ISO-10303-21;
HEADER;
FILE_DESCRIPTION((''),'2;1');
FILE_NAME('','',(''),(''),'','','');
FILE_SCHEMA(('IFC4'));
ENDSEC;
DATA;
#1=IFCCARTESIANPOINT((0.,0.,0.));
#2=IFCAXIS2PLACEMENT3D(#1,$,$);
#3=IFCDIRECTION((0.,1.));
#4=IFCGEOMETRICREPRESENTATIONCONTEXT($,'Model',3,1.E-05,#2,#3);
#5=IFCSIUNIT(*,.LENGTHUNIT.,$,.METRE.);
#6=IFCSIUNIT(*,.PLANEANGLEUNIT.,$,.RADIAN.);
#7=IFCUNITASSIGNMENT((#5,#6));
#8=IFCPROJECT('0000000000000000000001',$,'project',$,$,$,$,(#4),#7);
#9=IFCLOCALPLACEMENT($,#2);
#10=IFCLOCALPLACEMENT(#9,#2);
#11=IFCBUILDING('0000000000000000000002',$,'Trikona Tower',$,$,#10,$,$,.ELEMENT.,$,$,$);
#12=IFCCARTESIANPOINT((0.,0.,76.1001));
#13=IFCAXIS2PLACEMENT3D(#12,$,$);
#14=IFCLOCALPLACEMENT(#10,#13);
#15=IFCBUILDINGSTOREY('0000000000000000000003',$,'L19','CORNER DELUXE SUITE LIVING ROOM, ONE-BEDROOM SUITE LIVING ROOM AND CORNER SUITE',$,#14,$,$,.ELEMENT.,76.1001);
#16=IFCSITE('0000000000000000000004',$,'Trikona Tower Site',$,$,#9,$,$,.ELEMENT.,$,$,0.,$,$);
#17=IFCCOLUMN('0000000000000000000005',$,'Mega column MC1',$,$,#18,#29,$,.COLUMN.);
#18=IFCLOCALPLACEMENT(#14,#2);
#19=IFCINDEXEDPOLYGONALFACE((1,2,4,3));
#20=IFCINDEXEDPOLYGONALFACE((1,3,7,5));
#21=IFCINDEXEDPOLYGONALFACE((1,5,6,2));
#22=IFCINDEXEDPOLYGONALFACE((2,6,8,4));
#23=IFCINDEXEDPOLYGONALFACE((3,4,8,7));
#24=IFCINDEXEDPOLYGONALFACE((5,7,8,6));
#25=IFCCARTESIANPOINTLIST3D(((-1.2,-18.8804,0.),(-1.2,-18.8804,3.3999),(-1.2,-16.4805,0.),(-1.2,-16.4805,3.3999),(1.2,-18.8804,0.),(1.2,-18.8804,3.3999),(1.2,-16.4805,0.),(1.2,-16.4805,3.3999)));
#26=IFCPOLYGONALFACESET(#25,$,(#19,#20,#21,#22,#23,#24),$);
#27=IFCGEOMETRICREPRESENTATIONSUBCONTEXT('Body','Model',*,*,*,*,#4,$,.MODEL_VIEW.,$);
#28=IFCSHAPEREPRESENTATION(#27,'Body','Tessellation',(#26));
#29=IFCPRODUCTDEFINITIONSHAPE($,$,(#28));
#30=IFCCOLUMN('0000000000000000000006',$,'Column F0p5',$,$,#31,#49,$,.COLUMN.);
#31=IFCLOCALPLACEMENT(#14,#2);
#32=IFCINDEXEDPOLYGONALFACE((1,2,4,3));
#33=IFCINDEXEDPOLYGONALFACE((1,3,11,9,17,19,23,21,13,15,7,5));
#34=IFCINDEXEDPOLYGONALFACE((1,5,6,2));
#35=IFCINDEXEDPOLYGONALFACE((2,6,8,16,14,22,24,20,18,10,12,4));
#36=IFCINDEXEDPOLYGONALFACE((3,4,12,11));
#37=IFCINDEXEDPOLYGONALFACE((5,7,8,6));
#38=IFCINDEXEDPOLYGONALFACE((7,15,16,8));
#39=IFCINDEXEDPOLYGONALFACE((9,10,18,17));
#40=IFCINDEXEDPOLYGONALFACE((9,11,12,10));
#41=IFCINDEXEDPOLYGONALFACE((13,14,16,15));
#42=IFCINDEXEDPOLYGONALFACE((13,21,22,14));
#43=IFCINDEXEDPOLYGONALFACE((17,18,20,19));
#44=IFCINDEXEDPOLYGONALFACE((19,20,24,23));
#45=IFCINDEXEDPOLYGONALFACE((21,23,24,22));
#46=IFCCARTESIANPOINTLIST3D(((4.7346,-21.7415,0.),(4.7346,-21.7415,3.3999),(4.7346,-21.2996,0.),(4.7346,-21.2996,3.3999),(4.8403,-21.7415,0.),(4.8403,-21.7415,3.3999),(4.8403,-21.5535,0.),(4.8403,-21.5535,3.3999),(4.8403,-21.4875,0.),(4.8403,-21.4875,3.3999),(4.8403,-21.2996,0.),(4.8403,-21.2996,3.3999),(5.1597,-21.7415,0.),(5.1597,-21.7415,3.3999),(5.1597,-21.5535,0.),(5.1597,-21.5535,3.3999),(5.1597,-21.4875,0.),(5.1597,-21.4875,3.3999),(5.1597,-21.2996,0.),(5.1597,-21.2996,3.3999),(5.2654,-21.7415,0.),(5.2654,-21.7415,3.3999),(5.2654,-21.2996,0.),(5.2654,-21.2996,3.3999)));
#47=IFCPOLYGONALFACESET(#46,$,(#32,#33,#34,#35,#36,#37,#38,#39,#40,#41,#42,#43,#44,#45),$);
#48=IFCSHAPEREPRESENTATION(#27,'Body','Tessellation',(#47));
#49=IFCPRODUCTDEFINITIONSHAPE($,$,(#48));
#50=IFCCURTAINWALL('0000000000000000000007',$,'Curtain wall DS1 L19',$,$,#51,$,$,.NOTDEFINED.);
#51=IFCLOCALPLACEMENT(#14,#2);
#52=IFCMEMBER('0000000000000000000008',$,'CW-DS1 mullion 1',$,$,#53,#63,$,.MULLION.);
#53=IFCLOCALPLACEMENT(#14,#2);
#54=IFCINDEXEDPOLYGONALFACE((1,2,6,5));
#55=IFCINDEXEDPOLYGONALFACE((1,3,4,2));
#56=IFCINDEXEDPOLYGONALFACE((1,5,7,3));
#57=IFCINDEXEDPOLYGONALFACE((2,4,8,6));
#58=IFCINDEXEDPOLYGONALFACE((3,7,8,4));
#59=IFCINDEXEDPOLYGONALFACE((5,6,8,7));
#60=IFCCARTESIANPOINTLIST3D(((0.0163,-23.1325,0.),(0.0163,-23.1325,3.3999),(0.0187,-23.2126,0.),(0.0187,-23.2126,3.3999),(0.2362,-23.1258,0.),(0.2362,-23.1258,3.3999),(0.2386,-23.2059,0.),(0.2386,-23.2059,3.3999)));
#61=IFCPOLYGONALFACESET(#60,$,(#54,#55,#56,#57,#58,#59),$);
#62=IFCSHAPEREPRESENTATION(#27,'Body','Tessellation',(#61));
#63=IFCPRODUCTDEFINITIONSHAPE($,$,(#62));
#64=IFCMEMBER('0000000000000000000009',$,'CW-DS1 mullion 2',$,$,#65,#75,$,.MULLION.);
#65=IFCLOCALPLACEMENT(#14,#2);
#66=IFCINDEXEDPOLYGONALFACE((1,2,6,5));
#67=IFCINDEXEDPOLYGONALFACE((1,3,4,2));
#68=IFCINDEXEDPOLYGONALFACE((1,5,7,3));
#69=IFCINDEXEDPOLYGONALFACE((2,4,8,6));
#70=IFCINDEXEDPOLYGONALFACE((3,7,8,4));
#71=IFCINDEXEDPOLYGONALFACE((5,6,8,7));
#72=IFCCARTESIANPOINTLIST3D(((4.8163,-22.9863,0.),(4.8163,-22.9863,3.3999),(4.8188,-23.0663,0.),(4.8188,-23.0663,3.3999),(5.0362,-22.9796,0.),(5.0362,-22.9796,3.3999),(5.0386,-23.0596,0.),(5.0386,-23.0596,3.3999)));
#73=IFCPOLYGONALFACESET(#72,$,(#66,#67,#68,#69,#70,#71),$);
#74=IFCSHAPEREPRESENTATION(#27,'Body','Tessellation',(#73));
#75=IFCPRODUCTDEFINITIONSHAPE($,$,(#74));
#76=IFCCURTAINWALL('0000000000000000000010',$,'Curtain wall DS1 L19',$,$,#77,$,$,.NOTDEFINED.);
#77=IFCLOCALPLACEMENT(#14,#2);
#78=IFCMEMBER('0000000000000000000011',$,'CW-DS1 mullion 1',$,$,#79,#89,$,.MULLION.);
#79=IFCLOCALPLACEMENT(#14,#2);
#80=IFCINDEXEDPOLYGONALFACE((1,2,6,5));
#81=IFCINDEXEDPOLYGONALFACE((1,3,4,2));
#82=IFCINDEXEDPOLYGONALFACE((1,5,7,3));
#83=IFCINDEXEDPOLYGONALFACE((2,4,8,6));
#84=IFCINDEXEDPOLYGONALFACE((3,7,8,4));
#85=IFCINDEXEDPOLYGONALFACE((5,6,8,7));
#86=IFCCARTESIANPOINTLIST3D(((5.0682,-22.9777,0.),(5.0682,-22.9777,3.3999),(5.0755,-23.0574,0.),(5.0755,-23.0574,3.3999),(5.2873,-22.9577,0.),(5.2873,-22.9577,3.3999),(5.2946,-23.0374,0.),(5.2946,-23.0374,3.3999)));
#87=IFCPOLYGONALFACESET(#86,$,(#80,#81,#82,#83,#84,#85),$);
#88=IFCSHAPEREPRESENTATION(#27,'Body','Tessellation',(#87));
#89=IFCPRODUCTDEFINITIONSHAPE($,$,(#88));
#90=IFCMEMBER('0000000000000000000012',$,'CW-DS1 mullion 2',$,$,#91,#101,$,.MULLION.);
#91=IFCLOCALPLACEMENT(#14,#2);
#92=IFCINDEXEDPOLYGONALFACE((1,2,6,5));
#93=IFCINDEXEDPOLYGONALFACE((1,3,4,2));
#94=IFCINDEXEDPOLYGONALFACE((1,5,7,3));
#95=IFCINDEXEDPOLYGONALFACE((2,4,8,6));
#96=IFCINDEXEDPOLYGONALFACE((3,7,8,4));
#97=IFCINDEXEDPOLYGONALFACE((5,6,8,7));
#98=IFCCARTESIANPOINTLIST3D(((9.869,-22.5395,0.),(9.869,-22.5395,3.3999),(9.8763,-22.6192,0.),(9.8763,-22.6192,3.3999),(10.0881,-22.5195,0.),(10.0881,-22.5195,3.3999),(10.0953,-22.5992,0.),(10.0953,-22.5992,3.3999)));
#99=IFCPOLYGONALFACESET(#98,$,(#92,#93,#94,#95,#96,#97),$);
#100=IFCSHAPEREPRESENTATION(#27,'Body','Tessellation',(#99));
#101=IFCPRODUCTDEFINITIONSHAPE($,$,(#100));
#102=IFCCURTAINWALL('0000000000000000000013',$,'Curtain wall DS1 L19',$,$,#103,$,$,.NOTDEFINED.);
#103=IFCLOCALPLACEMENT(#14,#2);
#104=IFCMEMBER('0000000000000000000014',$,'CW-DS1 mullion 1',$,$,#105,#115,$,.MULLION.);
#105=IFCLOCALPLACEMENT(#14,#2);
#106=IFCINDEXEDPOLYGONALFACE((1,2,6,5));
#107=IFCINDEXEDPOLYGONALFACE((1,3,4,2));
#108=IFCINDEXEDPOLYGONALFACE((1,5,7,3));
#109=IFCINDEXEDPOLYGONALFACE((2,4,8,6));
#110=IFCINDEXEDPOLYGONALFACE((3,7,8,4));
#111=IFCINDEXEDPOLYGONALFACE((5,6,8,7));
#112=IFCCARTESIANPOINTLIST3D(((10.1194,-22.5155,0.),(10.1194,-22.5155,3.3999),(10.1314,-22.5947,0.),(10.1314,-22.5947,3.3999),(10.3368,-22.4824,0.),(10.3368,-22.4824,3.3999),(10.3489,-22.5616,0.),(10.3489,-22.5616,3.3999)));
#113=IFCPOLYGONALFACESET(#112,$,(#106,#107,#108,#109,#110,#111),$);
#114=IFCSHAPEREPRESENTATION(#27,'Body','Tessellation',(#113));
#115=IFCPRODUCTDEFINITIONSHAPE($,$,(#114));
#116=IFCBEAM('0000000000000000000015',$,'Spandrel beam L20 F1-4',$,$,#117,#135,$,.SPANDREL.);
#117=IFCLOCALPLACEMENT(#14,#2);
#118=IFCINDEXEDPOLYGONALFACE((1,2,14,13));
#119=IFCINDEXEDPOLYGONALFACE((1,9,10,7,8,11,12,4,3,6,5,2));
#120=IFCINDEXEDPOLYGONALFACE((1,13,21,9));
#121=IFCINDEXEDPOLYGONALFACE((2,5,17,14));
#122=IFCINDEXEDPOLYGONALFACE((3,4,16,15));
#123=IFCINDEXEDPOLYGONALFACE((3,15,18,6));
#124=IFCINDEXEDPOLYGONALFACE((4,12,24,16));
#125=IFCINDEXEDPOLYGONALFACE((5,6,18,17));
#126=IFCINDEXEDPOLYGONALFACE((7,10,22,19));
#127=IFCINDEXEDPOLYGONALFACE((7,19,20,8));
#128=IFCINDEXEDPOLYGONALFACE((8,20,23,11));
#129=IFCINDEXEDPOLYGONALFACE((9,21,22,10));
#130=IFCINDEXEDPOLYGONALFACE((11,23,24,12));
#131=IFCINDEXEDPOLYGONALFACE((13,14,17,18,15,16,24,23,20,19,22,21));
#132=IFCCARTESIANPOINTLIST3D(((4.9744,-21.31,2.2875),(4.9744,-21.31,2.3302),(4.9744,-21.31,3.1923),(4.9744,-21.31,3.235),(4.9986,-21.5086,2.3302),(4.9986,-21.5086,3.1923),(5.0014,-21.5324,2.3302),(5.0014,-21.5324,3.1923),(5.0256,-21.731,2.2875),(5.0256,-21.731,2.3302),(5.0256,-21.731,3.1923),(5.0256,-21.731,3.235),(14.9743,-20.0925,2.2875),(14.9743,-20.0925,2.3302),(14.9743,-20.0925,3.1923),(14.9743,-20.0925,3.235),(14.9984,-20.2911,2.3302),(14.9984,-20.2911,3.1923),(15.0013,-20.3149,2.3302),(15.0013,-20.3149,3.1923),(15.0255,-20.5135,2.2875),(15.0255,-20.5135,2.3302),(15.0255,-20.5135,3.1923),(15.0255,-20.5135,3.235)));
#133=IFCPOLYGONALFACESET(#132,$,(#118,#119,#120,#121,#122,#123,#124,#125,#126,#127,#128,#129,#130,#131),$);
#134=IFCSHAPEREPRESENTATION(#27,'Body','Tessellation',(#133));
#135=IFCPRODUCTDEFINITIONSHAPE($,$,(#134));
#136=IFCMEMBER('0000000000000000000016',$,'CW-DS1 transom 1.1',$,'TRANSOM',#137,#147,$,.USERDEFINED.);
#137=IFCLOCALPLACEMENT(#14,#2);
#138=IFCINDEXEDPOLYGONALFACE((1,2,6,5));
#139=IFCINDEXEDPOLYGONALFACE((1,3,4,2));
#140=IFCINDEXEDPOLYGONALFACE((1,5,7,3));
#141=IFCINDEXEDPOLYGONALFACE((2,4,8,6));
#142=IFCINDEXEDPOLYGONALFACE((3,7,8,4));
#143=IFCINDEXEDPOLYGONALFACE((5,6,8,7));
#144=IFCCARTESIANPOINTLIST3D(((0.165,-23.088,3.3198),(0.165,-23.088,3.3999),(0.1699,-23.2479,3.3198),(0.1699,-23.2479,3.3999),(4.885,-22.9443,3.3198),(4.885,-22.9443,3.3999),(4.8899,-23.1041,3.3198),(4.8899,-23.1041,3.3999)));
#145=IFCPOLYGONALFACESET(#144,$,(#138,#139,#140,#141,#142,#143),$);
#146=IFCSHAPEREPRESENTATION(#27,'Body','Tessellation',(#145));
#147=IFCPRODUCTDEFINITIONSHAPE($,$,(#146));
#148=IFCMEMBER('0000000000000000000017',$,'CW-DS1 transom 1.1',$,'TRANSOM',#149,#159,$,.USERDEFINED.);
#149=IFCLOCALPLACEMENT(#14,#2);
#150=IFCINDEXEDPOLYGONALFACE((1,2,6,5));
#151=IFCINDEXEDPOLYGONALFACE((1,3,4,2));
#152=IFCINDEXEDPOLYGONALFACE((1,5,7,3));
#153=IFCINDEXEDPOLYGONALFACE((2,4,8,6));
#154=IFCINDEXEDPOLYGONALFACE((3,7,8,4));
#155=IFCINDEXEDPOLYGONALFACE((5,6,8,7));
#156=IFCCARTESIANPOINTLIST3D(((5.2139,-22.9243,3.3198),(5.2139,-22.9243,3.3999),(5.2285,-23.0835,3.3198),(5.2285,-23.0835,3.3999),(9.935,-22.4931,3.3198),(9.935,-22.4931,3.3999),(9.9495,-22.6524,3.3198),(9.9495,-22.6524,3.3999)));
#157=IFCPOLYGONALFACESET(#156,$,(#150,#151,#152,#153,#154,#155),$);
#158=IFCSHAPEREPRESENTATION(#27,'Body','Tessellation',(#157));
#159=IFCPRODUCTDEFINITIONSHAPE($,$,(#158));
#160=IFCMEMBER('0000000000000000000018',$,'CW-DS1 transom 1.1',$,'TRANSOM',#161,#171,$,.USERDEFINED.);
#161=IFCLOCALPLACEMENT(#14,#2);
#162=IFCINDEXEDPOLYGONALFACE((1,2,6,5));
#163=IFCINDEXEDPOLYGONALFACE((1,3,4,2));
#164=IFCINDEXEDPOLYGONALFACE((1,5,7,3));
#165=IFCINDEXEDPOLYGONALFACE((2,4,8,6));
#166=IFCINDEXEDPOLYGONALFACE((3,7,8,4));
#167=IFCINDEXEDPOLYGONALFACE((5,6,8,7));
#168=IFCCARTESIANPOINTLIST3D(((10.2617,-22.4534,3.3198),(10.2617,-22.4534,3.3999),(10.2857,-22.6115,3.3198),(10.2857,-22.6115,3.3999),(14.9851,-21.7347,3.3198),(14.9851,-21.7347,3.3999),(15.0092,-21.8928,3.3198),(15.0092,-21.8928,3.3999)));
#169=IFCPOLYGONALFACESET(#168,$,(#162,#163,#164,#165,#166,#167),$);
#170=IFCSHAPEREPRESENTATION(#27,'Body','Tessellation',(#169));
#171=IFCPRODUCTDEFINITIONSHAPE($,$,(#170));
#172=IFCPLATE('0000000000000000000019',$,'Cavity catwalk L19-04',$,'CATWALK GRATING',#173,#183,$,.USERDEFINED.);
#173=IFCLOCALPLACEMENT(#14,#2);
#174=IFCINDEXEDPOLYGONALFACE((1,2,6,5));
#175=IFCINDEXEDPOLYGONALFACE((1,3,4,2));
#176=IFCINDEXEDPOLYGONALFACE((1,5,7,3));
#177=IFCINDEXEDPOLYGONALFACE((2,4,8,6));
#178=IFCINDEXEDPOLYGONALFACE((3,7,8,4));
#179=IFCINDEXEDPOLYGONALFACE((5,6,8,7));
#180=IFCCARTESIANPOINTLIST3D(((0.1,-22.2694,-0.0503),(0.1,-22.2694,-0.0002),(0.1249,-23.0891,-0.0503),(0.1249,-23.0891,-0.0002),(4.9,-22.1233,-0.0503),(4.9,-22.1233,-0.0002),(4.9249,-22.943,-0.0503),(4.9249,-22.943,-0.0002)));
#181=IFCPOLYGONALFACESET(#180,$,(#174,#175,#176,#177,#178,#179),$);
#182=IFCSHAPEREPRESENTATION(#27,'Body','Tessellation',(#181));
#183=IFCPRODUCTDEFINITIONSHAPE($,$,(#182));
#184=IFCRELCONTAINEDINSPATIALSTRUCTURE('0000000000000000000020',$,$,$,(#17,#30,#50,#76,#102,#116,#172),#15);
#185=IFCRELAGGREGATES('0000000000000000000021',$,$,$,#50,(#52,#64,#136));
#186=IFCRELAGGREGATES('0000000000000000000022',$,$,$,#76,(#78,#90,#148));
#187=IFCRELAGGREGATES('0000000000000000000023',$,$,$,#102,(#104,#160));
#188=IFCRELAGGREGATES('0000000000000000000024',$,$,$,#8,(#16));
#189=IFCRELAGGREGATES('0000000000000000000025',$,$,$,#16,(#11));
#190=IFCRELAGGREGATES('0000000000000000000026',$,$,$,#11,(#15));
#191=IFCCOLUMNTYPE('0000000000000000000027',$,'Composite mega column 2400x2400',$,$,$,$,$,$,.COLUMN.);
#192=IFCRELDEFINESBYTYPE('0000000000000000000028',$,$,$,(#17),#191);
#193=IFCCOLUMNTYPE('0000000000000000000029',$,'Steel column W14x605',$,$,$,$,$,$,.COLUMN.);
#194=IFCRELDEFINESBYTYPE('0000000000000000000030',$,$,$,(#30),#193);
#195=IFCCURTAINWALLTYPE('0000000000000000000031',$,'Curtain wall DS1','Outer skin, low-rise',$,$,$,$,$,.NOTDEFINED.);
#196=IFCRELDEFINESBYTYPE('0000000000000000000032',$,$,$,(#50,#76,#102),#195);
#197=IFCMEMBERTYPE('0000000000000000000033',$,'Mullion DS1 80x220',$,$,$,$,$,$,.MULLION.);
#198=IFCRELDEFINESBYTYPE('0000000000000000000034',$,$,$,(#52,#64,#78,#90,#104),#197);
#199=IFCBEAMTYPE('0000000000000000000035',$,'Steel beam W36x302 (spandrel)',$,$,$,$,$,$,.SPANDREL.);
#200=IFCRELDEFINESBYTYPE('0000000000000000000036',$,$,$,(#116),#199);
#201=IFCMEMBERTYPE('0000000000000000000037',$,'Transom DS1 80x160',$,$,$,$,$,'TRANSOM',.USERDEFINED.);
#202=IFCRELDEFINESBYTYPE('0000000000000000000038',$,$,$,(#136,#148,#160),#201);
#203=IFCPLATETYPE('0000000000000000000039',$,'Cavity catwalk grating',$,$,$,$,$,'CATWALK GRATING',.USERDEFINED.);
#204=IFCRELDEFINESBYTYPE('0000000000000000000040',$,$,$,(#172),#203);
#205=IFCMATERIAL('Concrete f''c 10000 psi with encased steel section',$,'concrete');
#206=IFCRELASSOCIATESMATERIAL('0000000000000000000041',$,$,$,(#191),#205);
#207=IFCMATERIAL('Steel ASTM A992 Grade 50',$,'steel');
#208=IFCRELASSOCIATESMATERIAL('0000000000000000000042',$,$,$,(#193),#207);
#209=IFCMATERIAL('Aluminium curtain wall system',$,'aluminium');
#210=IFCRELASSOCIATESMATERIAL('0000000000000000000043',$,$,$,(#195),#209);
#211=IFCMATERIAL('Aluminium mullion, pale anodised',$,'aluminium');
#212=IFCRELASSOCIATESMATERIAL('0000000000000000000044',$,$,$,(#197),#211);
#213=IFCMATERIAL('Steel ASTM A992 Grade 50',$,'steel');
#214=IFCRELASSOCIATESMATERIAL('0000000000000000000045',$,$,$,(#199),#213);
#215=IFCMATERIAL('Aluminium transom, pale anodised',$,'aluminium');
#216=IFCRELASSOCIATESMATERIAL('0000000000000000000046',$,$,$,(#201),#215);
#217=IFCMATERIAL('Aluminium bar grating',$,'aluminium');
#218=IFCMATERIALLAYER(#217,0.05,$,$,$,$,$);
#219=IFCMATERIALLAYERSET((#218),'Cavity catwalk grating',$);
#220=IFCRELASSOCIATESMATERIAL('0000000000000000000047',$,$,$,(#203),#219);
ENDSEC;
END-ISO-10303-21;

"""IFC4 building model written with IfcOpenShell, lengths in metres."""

from ifc_helpers import new_model, si_unit, direction, frame, origin, origin_2d, place, context, subcontext, project, spatial, rectangle, i_section, extrude, material, layer, layer_set, material_profile, profile_set, type_object, element, aggregate, save


model = new_model("IFC4")

# Units and contexts
model_context = context("Model", 3, precision=1e-05, world=origin(), true_north=direction((0.0, 1.0)))
body_context = subcontext(model_context, "Body", "Model", "MODEL_VIEW")
ifc_project = project(units=[si_unit("LENGTHUNIT", "METRE"), si_unit("PLANEANGLEUNIT", "RADIAN")], contexts=[model_context])

# Site, building, storey
site_placement = place(None, origin())
site = spatial("IfcSite", under=ifc_project, at=site_placement, Name="Trikona Tower Site", CompositionType="ELEMENT", RefElevation=0.0)
building_placement = place(site_placement, origin())
building = spatial("IfcBuilding", under=site, at=building_placement, Name="Trikona Tower", CompositionType="ELEMENT")
storey_placement = place(building_placement, frame((0.0, 0.0, 76.1001)))
storey = spatial("IfcBuildingStorey", under=building, at=storey_placement, Name="L19", Description="CORNER DELUXE SUITE LIVING ROOM, ONE-BEDROOM SUITE LIVING ROOM AND CORNER SUITE", CompositionType="ELEMENT", Elevation=76.1001)

# Columns
ifc_material_1 = material(Name="Concrete f'c 10000 psi with encased steel section", Category="concrete")
ifc_material_profile_1 = material_profile(ifc_material_1, rectangle(XDim=2.3999, YDim=2.3999, at=origin_2d()), Name="MC2400")
ifc_profile_set_1 = profile_set([ifc_material_profile_1], Name="Concrete f'c 10000 psi with encased steel section")
column_type_1 = type_object("IfcColumnType", Name="Composite mega column 2400x2400", PredefinedType="COLUMN", material=ifc_profile_set_1)
column_1_placement = place(storey_placement, frame((0.0, -17.6804, 0.0), z_axis=(0.0, 0.0, 1.0), x_axis=(0.0, -1.0, 0.0)))
element("IfcColumn", 1, at=column_1_placement, inside=storey, type_object=column_type_1, Name="Mega column MC1", PredefinedType="COLUMN", context=body_context, shape_type="SweptSolid", body=[
    extrude(rectangle(XDim=2.3999, YDim=2.3999, at=origin_2d()), origin(), (0.0, 0.0, 1.0), 3.3999),
])
ifc_material_2 = material(Name="Steel ASTM A992 Grade 50", Category="steel")
ifc_material_profile_2 = material_profile(ifc_material_2, i_section(OverallWidth=0.4419, OverallDepth=0.5308, WebThickness=0.0659, FlangeThickness=0.1057, at=origin_2d()), Name="W14X605")
ifc_profile_set_2 = profile_set([ifc_material_profile_2], Name="Steel ASTM A992 Grade 50")
column_type_2 = type_object("IfcColumnType", Name="Steel column W14x605", PredefinedType="COLUMN", material=ifc_profile_set_2)
column_2_placement = place(storey_placement, frame((5.0, -21.5205, 0.0), z_axis=(0.0, 0.0, 1.0), x_axis=(0.0, -1.0, 0.0)))
element("IfcColumn", 2, at=column_2_placement, inside=storey, type_object=column_type_2, Name="Column F0p5", PredefinedType="COLUMN", context=body_context, shape_type="SweptSolid", body=[
    extrude(i_section(OverallWidth=0.4419, OverallDepth=0.5308, WebThickness=0.0659, FlangeThickness=0.1057, at=origin_2d()), origin(), (0.0, 0.0, 1.0), 3.3999),
])

# Curtain walls, members
ifc_material_3 = material(Name="Aluminium curtain wall system", Category="aluminium")
curtain_wall_type = type_object("IfcCurtainWallType", Name="Curtain wall DS1", Description="Outer skin, low-rise", PredefinedType="NOTDEFINED", material=ifc_material_3)
curtain_wall_1_placement = place(storey_placement, origin())
curtain_wall_1 = element("IfcCurtainWall", 3, at=curtain_wall_1_placement, inside=storey, type_object=curtain_wall_type, Name="Curtain wall DS1 L19", PredefinedType="NOTDEFINED")
ifc_material_4 = material(Name="Aluminium mullion, pale anodised", Category="aluminium")
ifc_material_profile_3 = material_profile(ifc_material_4, rectangle(XDim=0.0801, YDim=0.22, at=origin_2d()), Name="MUL-DS1")
ifc_profile_set_3 = profile_set([ifc_material_profile_3], Name="Aluminium mullion, pale anodised")
member_type_1 = type_object("IfcMemberType", Name="Mullion DS1 80x220", PredefinedType="MULLION", material=ifc_profile_set_3)
member_1_placement = place(storey_placement, frame((0.1274, -23.1692, 0.0), z_axis=(0.0, 0.0, 1.0), x_axis=(-0.030437, 0.999537, 0.0)))
member_1 = element("IfcMember", 4, at=member_1_placement, type_object=member_type_1, Name="CW-DS1 mullion 1", PredefinedType="MULLION", context=body_context, shape_type="SweptSolid", body=[
    extrude(rectangle(XDim=0.0801, YDim=0.22, at=origin_2d()), origin(), (0.0, 0.0, 1.0), 3.3999),
])
member_2_placement = place(storey_placement, frame((4.9275, -23.0229, 0.0), z_axis=(0.0, 0.0, 1.0), x_axis=(-0.030437, 0.999537, 0.0)))
member_2 = element("IfcMember", 5, at=member_2_placement, type_object=member_type_1, Name="CW-DS1 mullion 2", PredefinedType="MULLION", context=body_context, shape_type="SweptSolid", body=[
    extrude(rectangle(XDim=0.0801, YDim=0.22, at=origin_2d()), origin(), (0.0, 0.0, 1.0), 3.3999),
])
curtain_wall_2_placement = place(storey_placement, origin())
curtain_wall_2 = element("IfcCurtainWall", 6, at=curtain_wall_2_placement, inside=storey, type_object=curtain_wall_type, Name="Curtain wall DS1 L19", PredefinedType="NOTDEFINED")
member_3_placement = place(storey_placement, frame((5.1814, -23.0076, 0.0), z_axis=(0.0, 0.0, 1.0), x_axis=(-0.090924, 0.995858, 0.0)))
member_3 = element("IfcMember", 7, at=member_3_placement, type_object=member_type_1, Name="CW-DS1 mullion 1", PredefinedType="MULLION", context=body_context, shape_type="SweptSolid", body=[
    extrude(rectangle(XDim=0.0801, YDim=0.22, at=origin_2d()), origin(), (0.0, 0.0, 1.0), 3.3999),
])
member_4_placement = place(storey_placement, frame((9.9822, -22.5693, 0.0), z_axis=(0.0, 0.0, 1.0), x_axis=(-0.090924, 0.995858, 0.0)))
member_4 = element("IfcMember", 8, at=member_4_placement, type_object=member_type_1, Name="CW-DS1 mullion 2", PredefinedType="MULLION", context=body_context, shape_type="SweptSolid", body=[
    extrude(rectangle(XDim=0.0801, YDim=0.22, at=origin_2d()), origin(), (0.0, 0.0, 1.0), 3.3999),
])

# Curtain wall, member
curtain_wall_3_placement = place(storey_placement, origin())
curtain_wall_3 = element("IfcCurtainWall", 9, at=curtain_wall_3_placement, inside=storey, type_object=curtain_wall_type, Name="Curtain wall DS1 L19", PredefinedType="NOTDEFINED")
member_5_placement = place(storey_placement, frame((10.2341, -22.5386, 0.0), z_axis=(0.0, 0.0, 1.0), x_axis=(-0.150438, 0.988619, 0.0)))
member_5 = element("IfcMember", 10, at=member_5_placement, type_object=member_type_1, Name="CW-DS1 mullion 1", PredefinedType="MULLION", context=body_context, shape_type="SweptSolid", body=[
    extrude(rectangle(XDim=0.0801, YDim=0.22, at=origin_2d()), origin(), (0.0, 0.0, 1.0), 3.3999),
])

# Beam
ifc_material_5 = material(Name="Steel ASTM A992 Grade 50", Category="steel")
ifc_material_profile_4 = material_profile(ifc_material_5, i_section(OverallWidth=0.4241, OverallDepth=0.9475, WebThickness=0.0239, FlangeThickness=0.0427, at=origin_2d()), Name="W36X302")
ifc_profile_set_4 = profile_set([ifc_material_profile_4], Name="Steel ASTM A992 Grade 50")
beam_type = type_object("IfcBeamType", Name="Steel beam W36x302 (spandrel)", PredefinedType="SPANDREL", material=ifc_profile_set_4)
beam_placement = place(storey_placement, frame((5.0, -21.5205, 2.7612), z_axis=(0.99267, 0.12086, 0.0), x_axis=(-0.12086, 0.99267, 0.0)))
element("IfcBeam", 11, at=beam_placement, inside=storey, type_object=beam_type, Name="Spandrel beam L20 F1-4", PredefinedType="SPANDREL", context=body_context, shape_type="SweptSolid", body=[
    extrude(i_section(OverallWidth=0.4241, OverallDepth=0.9475, WebThickness=0.0239, FlangeThickness=0.0427, at=origin_2d()), origin(), (0.0, 0.0, 1.0), 10.0737),
])

# Members
ifc_material_6 = material(Name="Aluminium transom, pale anodised", Category="aluminium")
ifc_material_profile_5 = material_profile(ifc_material_6, rectangle(XDim=0.1599, YDim=0.0801, at=origin_2d()), Name="TRN-DS1")
ifc_profile_set_5 = profile_set([ifc_material_profile_5], Name="Aluminium transom, pale anodised")
member_type_2 = type_object("IfcMemberType", Name="Transom DS1 80x160", ElementType="TRANSOM", PredefinedType="USERDEFINED", material=ifc_profile_set_5)
member_6_placement = place(storey_placement, frame((0.1675, -23.168, 3.3599), z_axis=(0.999536, 0.030452, 0.0), x_axis=(-0.030452, 0.999536, 0.0)))
member_6 = element("IfcMember", 12, at=member_6_placement, type_object=member_type_2, Name="CW-DS1 transom 1.1", ObjectType="TRANSOM", PredefinedType="USERDEFINED", context=body_context, shape_type="SweptSolid", body=[
    extrude(rectangle(XDim=0.1599, YDim=0.0801, at=origin_2d()), origin(), (0.0, 0.0, 1.0), 4.7222),
])
member_7_placement = place(storey_placement, frame((5.2212, -23.0039, 3.3599), z_axis=(0.995856, 0.090944, 0.0), x_axis=(-0.090944, 0.995856, 0.0)))
member_7 = element("IfcMember", 13, at=member_7_placement, type_object=member_type_2, Name="CW-DS1 transom 1.1", ObjectType="TRANSOM", PredefinedType="USERDEFINED", context=body_context, shape_type="SweptSolid", body=[
    extrude(rectangle(XDim=0.1599, YDim=0.0801, at=origin_2d()), origin(), (0.0, 0.0, 1.0), 4.7407),
])
member_8_placement = place(storey_placement, frame((10.2737, -22.5325, 3.3599), z_axis=(0.98862, 0.150437, 0.0), x_axis=(-0.150437, 0.98862, 0.0)))
member_8 = element("IfcMember", 14, at=member_8_placement, type_object=member_type_2, Name="CW-DS1 transom 1.1", ObjectType="TRANSOM", PredefinedType="USERDEFINED", context=body_context, shape_type="SweptSolid", body=[
    extrude(rectangle(XDim=0.1599, YDim=0.0801, at=origin_2d()), origin(), (0.0, 0.0, 1.0), 4.7778),
])

# Plate
ifc_material_7 = material(Name="Aluminium bar grating", Category="aluminium")
ifc_layer_1 = layer(ifc_material_7, 0.05)
ifc_layer_set_1 = layer_set([ifc_layer_1], Name="Cavity catwalk grating")
plate_type_1 = type_object("IfcPlateType", Name="Cavity catwalk grating", ElementType="CATWALK GRATING", PredefinedType="USERDEFINED", material=ifc_layer_set_1)
plate_1_placement = place(storey_placement, frame((2.5125, -22.6062, -0.0503), z_axis=(0.0, 0.0, 1.0), x_axis=(0.999537, 0.030425, 0.0)))
element("IfcPlate", 15, at=plate_1_placement, inside=storey, type_object=plate_type_1, Name="Cavity catwalk L19-04", ObjectType="CATWALK GRATING", PredefinedType="USERDEFINED", context=body_context, shape_type="SweptSolid", body=[
    extrude(rectangle(XDim=4.8022, YDim=0.8201, at=origin_2d()), origin(), (0.0, 0.0, 1.0), 0.05),
])

aggregate(curtain_wall_1, [member_1, member_2, member_6])
aggregate(curtain_wall_2, [member_3, member_4, member_7])
aggregate(curtain_wall_3, [member_5, member_8])

save(model, "model.ifc")
